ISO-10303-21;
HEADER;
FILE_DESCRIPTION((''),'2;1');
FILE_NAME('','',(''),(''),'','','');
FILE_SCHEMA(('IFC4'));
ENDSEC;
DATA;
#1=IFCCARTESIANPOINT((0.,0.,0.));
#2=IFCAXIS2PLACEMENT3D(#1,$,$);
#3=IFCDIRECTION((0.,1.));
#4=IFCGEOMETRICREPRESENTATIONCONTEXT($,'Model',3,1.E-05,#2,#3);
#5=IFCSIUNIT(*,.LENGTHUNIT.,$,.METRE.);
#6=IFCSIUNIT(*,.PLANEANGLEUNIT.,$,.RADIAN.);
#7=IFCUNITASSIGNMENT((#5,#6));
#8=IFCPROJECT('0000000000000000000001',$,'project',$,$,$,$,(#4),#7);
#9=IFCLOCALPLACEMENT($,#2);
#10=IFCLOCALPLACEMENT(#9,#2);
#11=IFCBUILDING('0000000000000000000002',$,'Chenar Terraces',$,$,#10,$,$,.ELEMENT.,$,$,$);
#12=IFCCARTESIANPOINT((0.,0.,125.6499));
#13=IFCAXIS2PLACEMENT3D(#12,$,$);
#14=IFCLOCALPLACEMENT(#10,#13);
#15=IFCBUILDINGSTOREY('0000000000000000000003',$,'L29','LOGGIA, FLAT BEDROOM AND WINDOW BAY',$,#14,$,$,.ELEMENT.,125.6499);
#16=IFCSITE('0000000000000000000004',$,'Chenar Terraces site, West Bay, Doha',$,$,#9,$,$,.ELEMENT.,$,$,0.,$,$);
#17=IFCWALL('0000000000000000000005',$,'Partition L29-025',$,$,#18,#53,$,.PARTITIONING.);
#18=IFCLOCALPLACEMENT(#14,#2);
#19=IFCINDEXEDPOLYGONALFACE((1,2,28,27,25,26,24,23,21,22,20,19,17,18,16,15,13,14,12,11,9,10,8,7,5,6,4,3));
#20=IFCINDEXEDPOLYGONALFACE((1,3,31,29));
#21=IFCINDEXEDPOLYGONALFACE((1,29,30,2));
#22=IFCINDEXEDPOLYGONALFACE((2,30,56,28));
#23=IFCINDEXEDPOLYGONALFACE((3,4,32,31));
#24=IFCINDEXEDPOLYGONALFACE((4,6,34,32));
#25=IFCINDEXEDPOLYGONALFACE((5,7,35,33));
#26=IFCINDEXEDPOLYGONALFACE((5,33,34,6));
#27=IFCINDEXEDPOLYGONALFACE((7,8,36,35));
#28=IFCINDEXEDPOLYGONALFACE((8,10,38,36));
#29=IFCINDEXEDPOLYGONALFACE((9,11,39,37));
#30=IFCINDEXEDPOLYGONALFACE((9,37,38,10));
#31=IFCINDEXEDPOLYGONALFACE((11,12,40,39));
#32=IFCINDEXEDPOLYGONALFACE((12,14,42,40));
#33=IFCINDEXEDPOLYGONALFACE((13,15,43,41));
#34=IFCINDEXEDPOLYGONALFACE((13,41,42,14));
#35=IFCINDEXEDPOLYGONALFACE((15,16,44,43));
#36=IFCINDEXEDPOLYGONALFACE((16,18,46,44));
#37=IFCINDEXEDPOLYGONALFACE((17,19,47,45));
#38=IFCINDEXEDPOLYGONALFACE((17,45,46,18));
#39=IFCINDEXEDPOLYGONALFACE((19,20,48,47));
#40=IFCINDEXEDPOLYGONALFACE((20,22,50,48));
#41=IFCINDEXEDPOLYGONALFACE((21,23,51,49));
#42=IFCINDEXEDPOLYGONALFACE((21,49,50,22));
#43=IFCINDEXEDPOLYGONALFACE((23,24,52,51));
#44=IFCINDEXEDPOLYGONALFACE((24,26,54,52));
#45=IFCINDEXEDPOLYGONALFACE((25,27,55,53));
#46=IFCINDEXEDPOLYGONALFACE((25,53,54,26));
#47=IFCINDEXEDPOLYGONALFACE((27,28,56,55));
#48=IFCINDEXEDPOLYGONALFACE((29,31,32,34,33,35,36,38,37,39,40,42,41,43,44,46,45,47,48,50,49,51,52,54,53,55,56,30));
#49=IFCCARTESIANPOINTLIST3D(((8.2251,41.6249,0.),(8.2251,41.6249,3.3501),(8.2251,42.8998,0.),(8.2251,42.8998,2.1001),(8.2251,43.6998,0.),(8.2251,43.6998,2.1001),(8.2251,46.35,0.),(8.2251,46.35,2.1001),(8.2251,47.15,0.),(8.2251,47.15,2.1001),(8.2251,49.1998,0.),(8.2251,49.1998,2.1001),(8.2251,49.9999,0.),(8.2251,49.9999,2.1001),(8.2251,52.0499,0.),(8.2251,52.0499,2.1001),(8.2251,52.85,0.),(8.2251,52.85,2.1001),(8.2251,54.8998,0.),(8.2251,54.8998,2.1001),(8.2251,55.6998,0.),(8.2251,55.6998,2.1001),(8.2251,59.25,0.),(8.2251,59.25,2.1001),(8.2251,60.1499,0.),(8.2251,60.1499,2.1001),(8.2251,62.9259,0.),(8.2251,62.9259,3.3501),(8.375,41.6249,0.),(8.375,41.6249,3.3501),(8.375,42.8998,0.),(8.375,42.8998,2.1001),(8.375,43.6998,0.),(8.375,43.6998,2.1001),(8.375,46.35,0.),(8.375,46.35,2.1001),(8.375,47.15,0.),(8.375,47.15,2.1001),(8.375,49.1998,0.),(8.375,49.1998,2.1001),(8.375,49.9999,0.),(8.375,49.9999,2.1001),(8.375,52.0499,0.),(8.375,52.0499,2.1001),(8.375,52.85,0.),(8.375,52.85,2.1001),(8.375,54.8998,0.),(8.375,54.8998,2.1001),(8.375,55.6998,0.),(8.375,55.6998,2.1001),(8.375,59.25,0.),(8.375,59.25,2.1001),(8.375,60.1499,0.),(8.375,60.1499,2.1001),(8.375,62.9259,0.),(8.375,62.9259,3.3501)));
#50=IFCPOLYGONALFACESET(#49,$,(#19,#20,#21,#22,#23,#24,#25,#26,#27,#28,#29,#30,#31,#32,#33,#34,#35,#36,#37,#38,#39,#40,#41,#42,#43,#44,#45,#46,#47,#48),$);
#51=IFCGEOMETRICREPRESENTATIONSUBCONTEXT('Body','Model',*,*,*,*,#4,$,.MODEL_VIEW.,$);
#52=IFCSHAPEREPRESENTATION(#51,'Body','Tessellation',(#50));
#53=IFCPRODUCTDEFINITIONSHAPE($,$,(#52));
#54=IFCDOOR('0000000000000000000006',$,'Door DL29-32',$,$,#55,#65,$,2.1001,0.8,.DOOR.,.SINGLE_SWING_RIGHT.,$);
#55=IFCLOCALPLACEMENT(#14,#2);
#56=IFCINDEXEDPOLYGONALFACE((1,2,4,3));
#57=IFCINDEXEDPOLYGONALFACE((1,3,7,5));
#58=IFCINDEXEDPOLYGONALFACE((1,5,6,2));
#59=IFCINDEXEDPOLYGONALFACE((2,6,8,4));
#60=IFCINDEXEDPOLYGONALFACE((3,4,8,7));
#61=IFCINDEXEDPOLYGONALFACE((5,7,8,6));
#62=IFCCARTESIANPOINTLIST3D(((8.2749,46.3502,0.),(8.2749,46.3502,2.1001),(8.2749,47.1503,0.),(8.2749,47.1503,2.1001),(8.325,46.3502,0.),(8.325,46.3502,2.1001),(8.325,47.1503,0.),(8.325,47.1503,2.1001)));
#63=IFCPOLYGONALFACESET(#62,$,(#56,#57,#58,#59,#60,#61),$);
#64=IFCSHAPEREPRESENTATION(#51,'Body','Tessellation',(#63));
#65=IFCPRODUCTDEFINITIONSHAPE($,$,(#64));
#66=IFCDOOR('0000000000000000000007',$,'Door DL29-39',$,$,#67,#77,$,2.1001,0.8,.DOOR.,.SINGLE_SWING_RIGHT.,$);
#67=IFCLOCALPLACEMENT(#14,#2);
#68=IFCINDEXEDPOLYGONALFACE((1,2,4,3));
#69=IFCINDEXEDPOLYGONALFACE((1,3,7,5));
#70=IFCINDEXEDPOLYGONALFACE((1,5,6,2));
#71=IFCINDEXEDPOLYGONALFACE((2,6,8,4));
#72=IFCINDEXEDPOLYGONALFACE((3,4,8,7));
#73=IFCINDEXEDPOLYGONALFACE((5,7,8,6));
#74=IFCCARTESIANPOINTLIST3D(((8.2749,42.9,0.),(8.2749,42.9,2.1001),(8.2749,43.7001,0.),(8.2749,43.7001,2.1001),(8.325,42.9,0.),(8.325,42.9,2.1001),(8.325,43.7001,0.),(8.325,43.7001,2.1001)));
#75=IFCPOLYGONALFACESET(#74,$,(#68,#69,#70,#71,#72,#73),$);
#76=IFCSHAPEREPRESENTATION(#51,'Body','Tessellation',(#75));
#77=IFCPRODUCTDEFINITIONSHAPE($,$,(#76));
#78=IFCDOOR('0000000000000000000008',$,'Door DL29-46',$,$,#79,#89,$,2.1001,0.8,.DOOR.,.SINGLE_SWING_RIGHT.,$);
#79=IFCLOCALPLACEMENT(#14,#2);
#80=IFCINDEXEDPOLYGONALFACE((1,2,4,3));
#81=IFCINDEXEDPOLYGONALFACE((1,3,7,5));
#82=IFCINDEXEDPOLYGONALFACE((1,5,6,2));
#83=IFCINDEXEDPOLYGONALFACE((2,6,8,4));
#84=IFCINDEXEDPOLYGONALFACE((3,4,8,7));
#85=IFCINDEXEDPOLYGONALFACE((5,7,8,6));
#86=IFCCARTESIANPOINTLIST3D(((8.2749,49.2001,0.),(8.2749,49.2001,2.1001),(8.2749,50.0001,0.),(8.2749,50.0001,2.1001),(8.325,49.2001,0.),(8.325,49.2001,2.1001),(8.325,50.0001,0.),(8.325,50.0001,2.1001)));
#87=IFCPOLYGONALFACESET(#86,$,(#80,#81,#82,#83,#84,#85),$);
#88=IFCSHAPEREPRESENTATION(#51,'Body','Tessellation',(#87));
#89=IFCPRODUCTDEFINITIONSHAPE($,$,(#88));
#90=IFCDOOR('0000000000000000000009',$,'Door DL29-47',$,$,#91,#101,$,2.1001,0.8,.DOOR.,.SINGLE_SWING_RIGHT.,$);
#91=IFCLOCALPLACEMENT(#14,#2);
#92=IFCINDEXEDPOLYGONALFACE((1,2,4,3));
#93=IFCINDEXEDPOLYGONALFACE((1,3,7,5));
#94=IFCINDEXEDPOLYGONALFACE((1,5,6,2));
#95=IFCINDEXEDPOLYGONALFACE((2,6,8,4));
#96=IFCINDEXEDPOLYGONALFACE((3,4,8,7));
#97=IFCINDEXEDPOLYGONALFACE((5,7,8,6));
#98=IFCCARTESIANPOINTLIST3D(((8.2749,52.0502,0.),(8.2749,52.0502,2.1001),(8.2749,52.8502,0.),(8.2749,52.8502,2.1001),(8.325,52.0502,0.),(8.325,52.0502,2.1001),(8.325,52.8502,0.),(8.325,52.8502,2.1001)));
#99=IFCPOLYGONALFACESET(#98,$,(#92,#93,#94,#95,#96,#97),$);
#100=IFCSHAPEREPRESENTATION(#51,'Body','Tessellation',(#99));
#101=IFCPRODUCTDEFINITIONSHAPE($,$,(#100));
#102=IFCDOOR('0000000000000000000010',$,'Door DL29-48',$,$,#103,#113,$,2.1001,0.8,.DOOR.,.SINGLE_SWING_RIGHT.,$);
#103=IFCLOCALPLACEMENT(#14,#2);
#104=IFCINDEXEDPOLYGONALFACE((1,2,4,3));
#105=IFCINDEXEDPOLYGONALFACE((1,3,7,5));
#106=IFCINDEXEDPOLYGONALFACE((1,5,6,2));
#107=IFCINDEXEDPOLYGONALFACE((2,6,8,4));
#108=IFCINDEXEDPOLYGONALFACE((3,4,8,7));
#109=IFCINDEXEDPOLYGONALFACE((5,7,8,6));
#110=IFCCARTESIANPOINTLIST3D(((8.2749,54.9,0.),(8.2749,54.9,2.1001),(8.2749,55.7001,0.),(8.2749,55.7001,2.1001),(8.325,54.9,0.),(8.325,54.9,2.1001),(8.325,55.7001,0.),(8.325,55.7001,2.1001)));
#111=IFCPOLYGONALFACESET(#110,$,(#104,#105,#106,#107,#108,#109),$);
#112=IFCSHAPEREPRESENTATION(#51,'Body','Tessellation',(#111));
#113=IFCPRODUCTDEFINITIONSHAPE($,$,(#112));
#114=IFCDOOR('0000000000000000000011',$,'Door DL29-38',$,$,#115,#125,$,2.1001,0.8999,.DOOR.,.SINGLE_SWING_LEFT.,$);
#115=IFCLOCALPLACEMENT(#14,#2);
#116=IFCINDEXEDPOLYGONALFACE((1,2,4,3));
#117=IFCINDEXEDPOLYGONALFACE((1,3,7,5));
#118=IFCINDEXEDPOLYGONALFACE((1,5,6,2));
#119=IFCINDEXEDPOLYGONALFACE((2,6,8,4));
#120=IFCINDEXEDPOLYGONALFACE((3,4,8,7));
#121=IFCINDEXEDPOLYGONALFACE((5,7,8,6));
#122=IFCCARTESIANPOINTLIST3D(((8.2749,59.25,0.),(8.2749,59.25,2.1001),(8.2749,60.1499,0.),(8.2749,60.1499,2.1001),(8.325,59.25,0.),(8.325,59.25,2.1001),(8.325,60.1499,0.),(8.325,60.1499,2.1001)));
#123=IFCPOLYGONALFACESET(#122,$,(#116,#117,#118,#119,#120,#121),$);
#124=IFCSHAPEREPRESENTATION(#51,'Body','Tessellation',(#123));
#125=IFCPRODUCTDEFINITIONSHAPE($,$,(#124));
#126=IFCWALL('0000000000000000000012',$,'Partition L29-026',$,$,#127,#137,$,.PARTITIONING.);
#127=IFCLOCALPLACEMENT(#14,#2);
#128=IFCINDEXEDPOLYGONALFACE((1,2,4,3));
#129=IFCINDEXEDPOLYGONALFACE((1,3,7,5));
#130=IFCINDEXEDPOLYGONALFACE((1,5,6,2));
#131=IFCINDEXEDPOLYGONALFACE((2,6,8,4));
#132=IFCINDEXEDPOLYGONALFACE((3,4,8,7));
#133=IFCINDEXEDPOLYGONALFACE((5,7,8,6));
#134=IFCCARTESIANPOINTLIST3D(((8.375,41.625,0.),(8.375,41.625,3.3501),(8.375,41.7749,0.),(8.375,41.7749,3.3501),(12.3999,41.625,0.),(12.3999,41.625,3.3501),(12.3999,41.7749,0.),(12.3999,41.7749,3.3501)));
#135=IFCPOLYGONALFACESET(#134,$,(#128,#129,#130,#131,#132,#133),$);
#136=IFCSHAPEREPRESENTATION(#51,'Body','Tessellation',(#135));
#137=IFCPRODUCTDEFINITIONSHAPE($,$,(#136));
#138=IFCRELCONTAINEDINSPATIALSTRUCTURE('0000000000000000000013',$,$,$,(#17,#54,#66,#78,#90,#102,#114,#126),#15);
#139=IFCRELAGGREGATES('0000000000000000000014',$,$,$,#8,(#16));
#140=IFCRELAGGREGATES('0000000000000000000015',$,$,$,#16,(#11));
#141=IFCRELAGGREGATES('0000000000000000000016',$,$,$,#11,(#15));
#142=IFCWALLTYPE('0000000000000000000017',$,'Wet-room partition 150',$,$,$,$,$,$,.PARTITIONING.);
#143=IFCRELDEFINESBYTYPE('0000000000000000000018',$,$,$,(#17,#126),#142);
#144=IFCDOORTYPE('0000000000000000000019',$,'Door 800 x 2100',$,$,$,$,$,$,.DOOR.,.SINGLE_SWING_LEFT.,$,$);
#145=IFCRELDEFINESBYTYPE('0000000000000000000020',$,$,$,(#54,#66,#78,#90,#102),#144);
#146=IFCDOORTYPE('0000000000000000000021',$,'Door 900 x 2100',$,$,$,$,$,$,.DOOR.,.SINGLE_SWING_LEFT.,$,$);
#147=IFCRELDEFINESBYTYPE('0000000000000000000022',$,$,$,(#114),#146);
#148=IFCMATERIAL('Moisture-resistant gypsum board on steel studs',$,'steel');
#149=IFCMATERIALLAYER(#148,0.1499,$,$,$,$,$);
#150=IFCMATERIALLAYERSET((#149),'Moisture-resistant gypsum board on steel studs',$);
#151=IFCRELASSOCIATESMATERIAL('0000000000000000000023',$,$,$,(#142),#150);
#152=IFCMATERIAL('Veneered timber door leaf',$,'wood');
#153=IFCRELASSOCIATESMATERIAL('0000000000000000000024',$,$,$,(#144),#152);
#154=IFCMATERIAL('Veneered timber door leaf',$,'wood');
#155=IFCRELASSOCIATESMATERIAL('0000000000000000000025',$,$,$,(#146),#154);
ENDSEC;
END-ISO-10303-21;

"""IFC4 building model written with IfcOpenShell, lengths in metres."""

from ifc_helpers import new_model, si_unit, direction, frame, frame_2d, origin, place, context, subcontext, project, spatial, rectangle, extrude, material, layer, layer_set, type_object, element, fill, save


model = new_model("IFC4")

# Units and contexts
model_context = context("Model", 3, precision=1e-05, world=origin(), true_north=direction((0.0, 1.0)))
body_context = subcontext(model_context, "Body", "Model", "MODEL_VIEW")
ifc_project = project(units=[si_unit("LENGTHUNIT", "METRE"), si_unit("PLANEANGLEUNIT", "RADIAN")], contexts=[model_context])

# Site, building, storey
site_placement = place(None, origin())
site = spatial("IfcSite", under=ifc_project, at=site_placement, Name="Chenar Terraces site, West Bay, Doha", CompositionType="ELEMENT", RefElevation=0.0)
building_placement = place(site_placement, origin())
building = spatial("IfcBuilding", under=site, at=building_placement, Name="Chenar Terraces", CompositionType="ELEMENT")
storey_placement = place(building_placement, frame((0.0, 0.0, 125.6499)))
storey = spatial("IfcBuildingStorey", under=building, at=storey_placement, Name="L29", Description="LOGGIA, FLAT BEDROOM AND WINDOW BAY", CompositionType="ELEMENT", Elevation=125.6499)

# Shared definitions
ifc_material_1 = material(Name="Moisture-resistant gypsum board on steel studs", Category="steel")
ifc_layer_1 = layer(ifc_material_1, 0.1499)
ifc_layer_set_1 = layer_set([ifc_layer_1], Name="Moisture-resistant gypsum board on steel studs")
wall_type_1 = type_object("IfcWallType", Name="Wet-room partition 150", PredefinedType="PARTITIONING", material=ifc_layer_set_1)

# Shared definitions
ifc_material_2 = material(Name="Veneered timber door leaf", Category="wood")
door_type_1 = type_object("IfcDoorType", Name="Door 800 x 2100", OperationType="SINGLE_SWING_LEFT", PredefinedType="DOOR", material=ifc_material_2)

# Wall, openings, doors
wall_1_placement = place(storey_placement, frame((8.3, 41.625, 0.0), z_axis=(0.0, 0.0, 1.0), x_axis=(0.0, 1.0, 0.0)))
wall_1 = element("IfcWall", 1, at=wall_1_placement, inside=storey, type_object=wall_type_1, Name="Partition L29-025", PredefinedType="PARTITIONING", context=body_context, shape_type="SweptSolid", body=[
    extrude(rectangle(XDim=21.301, YDim=0.1499, at=frame_2d((10.6504, 0.0))), origin(), (0.0, 0.0, 1.0), 3.3501),
])
opening_1_placement = place(wall_1_placement, frame((4.7251, 0.0, 0.0)))
opening_1 = element("IfcOpeningElement", 2, at=opening_1_placement, cuts=wall_1, PredefinedType="OPENING", context=body_context, shape_type="SweptSolid", body=[
    extrude(rectangle(XDim=0.8, YDim=2.1001, at=frame_2d((0.3999, 1.05))), frame((0.0, 0.085, 0.0), z_axis=(0.0, -1.0, 0.0), x_axis=(1.0, 0.0, 0.0)), (0.0, 0.0, 1.0), 0.1699),
])
opening_2_placement = place(wall_1_placement, frame((17.625, 0.0, 0.0)))
opening_2 = element("IfcOpeningElement", 3, at=opening_2_placement, cuts=wall_1, PredefinedType="OPENING", context=body_context, shape_type="SweptSolid", body=[
    extrude(rectangle(XDim=0.8999, YDim=2.1001, at=frame_2d((0.45, 1.05))), frame((0.0, 0.085, 0.0), z_axis=(0.0, -1.0, 0.0), x_axis=(1.0, 0.0, 0.0)), (0.0, 0.0, 1.0), 0.1699),
])
opening_3_placement = place(wall_1_placement, frame((1.2749, 0.0, 0.0)))
opening_3 = element("IfcOpeningElement", 4, at=opening_3_placement, cuts=wall_1, PredefinedType="OPENING", context=body_context, shape_type="SweptSolid", body=[
    extrude(rectangle(XDim=0.8, YDim=2.1001, at=frame_2d((0.3999, 1.05))), frame((0.0, 0.085, 0.0), z_axis=(0.0, -1.0, 0.0), x_axis=(1.0, 0.0, 0.0)), (0.0, 0.0, 1.0), 0.1699),
])
opening_4_placement = place(wall_1_placement, frame((7.575, 0.0, 0.0)))
opening_4 = element("IfcOpeningElement", 5, at=opening_4_placement, cuts=wall_1, PredefinedType="OPENING", context=body_context, shape_type="SweptSolid", body=[
    extrude(rectangle(XDim=0.8, YDim=2.1001, at=frame_2d((0.3999, 1.05))), frame((0.0, 0.085, 0.0), z_axis=(0.0, -1.0, 0.0), x_axis=(1.0, 0.0, 0.0)), (0.0, 0.0, 1.0), 0.1699),
])
opening_5_placement = place(wall_1_placement, frame((10.425, 0.0, 0.0)))
opening_5 = element("IfcOpeningElement", 6, at=opening_5_placement, cuts=wall_1, PredefinedType="OPENING", context=body_context, shape_type="SweptSolid", body=[
    extrude(rectangle(XDim=0.8, YDim=2.1001, at=frame_2d((0.3999, 1.05))), frame((0.0, 0.085, 0.0), z_axis=(0.0, -1.0, 0.0), x_axis=(1.0, 0.0, 0.0)), (0.0, 0.0, 1.0), 0.1699),
])
opening_6_placement = place(wall_1_placement, frame((13.2749, 0.0, 0.0)))
opening_6 = element("IfcOpeningElement", 7, at=opening_6_placement, cuts=wall_1, PredefinedType="OPENING", context=body_context, shape_type="SweptSolid", body=[
    extrude(rectangle(XDim=0.8, YDim=2.1001, at=frame_2d((0.3999, 1.05))), frame((0.0, 0.085, 0.0), z_axis=(0.0, -1.0, 0.0), x_axis=(1.0, 0.0, 0.0)), (0.0, 0.0, 1.0), 0.1699),
])
door_1_placement = place(opening_1_placement, frame((0.8, 0.0, 0.0), z_axis=(0.0, 0.0, 1.0), x_axis=(-1.0, 0.0, 0.0)))
door_1 = element("IfcDoor", 8, at=door_1_placement, inside=storey, type_object=door_type_1, Name="Door DL29-32", OperationType="SINGLE_SWING_RIGHT", OverallHeight=2.1001, OverallWidth=0.8, PredefinedType="DOOR", context=body_context, shape_type="SweptSolid", body=[
    extrude(rectangle(XDim=0.8, YDim=2.1001, at=frame_2d((0.3999, 1.05))), frame((0.0, 0.0249, 0.0), z_axis=(0.0, -1.0, 0.0), x_axis=(1.0, 0.0, 0.0)), (0.0, 0.0, 1.0), 0.05),
])
fill(opening_1, door_1)
door_2_placement = place(opening_3_placement, frame((0.8, 0.0, 0.0), z_axis=(0.0, 0.0, 1.0), x_axis=(-1.0, 0.0, 0.0)))
door_2 = element("IfcDoor", 9, at=door_2_placement, inside=storey, type_object=door_type_1, Name="Door DL29-39", OperationType="SINGLE_SWING_RIGHT", OverallHeight=2.1001, OverallWidth=0.8, PredefinedType="DOOR", context=body_context, shape_type="SweptSolid", body=[
    extrude(rectangle(XDim=0.8, YDim=2.1001, at=frame_2d((0.3999, 1.05))), frame((0.0, 0.0249, 0.0), z_axis=(0.0, -1.0, 0.0), x_axis=(1.0, 0.0, 0.0)), (0.0, 0.0, 1.0), 0.05),
])
fill(opening_3, door_2)
door_3_placement = place(opening_4_placement, frame((0.8, 0.0, 0.0), z_axis=(0.0, 0.0, 1.0), x_axis=(-1.0, 0.0, 0.0)))
door_3 = element("IfcDoor", 10, at=door_3_placement, inside=storey, type_object=door_type_1, Name="Door DL29-46", OperationType="SINGLE_SWING_RIGHT", OverallHeight=2.1001, OverallWidth=0.8, PredefinedType="DOOR", context=body_context, shape_type="SweptSolid", body=[
    extrude(rectangle(XDim=0.8, YDim=2.1001, at=frame_2d((0.3999, 1.05))), frame((0.0, 0.0249, 0.0), z_axis=(0.0, -1.0, 0.0), x_axis=(1.0, 0.0, 0.0)), (0.0, 0.0, 1.0), 0.05),
])
fill(opening_4, door_3)
door_4_placement = place(opening_5_placement, frame((0.8, 0.0, 0.0), z_axis=(0.0, 0.0, 1.0), x_axis=(-1.0, 0.0, 0.0)))
door_4 = element("IfcDoor", 11, at=door_4_placement, inside=storey, type_object=door_type_1, Name="Door DL29-47", OperationType="SINGLE_SWING_RIGHT", OverallHeight=2.1001, OverallWidth=0.8, PredefinedType="DOOR", context=body_context, shape_type="SweptSolid", body=[
    extrude(rectangle(XDim=0.8, YDim=2.1001, at=frame_2d((0.3999, 1.05))), frame((0.0, 0.0249, 0.0), z_axis=(0.0, -1.0, 0.0), x_axis=(1.0, 0.0, 0.0)), (0.0, 0.0, 1.0), 0.05),
])
fill(opening_5, door_4)
door_5_placement = place(opening_6_placement, frame((0.8, 0.0, 0.0), z_axis=(0.0, 0.0, 1.0), x_axis=(-1.0, 0.0, 0.0)))
door_5 = element("IfcDoor", 12, at=door_5_placement, inside=storey, type_object=door_type_1, Name="Door DL29-48", OperationType="SINGLE_SWING_RIGHT", OverallHeight=2.1001, OverallWidth=0.8, PredefinedType="DOOR", context=body_context, shape_type="SweptSolid", body=[
    extrude(rectangle(XDim=0.8, YDim=2.1001, at=frame_2d((0.3999, 1.05))), frame((0.0, 0.0249, 0.0), z_axis=(0.0, -1.0, 0.0), x_axis=(1.0, 0.0, 0.0)), (0.0, 0.0, 1.0), 0.05),
])
fill(opening_6, door_5)
ifc_material_3 = material(Name="Veneered timber door leaf", Category="wood")
door_type_2 = type_object("IfcDoorType", Name="Door 900 x 2100", OperationType="SINGLE_SWING_LEFT", PredefinedType="DOOR", material=ifc_material_3)
door_6_placement = place(opening_2_placement, frame((0.8999, 0.0, 0.0), z_axis=(0.0, 0.0, 1.0), x_axis=(-1.0, 0.0, 0.0)))
door_6 = element("IfcDoor", 13, at=door_6_placement, inside=storey, type_object=door_type_2, Name="Door DL29-38", OperationType="SINGLE_SWING_LEFT", OverallHeight=2.1001, OverallWidth=0.8999, PredefinedType="DOOR", context=body_context, shape_type="SweptSolid", body=[
    extrude(rectangle(XDim=0.8999, YDim=2.1001, at=frame_2d((0.45, 1.05))), frame((0.0, 0.0249, 0.0), z_axis=(0.0, -1.0, 0.0), x_axis=(1.0, 0.0, 0.0)), (0.0, 0.0, 1.0), 0.05),
])
fill(opening_2, door_6)

# Wall
wall_2_placement = place(storey_placement, frame((8.375, 41.7, 0.0), z_axis=(0.0, 0.0, 1.0), x_axis=(1.0, 0.0, 0.0)))
element("IfcWall", 14, at=wall_2_placement, inside=storey, type_object=wall_type_1, Name="Partition L29-026", PredefinedType="PARTITIONING", context=body_context, shape_type="SweptSolid", body=[
    extrude(rectangle(XDim=4.0249, YDim=0.1499, at=frame_2d((2.0125, 0.0))), origin(), (0.0, 0.0, 1.0), 3.3501),
])

save(model, "model.ifc")
